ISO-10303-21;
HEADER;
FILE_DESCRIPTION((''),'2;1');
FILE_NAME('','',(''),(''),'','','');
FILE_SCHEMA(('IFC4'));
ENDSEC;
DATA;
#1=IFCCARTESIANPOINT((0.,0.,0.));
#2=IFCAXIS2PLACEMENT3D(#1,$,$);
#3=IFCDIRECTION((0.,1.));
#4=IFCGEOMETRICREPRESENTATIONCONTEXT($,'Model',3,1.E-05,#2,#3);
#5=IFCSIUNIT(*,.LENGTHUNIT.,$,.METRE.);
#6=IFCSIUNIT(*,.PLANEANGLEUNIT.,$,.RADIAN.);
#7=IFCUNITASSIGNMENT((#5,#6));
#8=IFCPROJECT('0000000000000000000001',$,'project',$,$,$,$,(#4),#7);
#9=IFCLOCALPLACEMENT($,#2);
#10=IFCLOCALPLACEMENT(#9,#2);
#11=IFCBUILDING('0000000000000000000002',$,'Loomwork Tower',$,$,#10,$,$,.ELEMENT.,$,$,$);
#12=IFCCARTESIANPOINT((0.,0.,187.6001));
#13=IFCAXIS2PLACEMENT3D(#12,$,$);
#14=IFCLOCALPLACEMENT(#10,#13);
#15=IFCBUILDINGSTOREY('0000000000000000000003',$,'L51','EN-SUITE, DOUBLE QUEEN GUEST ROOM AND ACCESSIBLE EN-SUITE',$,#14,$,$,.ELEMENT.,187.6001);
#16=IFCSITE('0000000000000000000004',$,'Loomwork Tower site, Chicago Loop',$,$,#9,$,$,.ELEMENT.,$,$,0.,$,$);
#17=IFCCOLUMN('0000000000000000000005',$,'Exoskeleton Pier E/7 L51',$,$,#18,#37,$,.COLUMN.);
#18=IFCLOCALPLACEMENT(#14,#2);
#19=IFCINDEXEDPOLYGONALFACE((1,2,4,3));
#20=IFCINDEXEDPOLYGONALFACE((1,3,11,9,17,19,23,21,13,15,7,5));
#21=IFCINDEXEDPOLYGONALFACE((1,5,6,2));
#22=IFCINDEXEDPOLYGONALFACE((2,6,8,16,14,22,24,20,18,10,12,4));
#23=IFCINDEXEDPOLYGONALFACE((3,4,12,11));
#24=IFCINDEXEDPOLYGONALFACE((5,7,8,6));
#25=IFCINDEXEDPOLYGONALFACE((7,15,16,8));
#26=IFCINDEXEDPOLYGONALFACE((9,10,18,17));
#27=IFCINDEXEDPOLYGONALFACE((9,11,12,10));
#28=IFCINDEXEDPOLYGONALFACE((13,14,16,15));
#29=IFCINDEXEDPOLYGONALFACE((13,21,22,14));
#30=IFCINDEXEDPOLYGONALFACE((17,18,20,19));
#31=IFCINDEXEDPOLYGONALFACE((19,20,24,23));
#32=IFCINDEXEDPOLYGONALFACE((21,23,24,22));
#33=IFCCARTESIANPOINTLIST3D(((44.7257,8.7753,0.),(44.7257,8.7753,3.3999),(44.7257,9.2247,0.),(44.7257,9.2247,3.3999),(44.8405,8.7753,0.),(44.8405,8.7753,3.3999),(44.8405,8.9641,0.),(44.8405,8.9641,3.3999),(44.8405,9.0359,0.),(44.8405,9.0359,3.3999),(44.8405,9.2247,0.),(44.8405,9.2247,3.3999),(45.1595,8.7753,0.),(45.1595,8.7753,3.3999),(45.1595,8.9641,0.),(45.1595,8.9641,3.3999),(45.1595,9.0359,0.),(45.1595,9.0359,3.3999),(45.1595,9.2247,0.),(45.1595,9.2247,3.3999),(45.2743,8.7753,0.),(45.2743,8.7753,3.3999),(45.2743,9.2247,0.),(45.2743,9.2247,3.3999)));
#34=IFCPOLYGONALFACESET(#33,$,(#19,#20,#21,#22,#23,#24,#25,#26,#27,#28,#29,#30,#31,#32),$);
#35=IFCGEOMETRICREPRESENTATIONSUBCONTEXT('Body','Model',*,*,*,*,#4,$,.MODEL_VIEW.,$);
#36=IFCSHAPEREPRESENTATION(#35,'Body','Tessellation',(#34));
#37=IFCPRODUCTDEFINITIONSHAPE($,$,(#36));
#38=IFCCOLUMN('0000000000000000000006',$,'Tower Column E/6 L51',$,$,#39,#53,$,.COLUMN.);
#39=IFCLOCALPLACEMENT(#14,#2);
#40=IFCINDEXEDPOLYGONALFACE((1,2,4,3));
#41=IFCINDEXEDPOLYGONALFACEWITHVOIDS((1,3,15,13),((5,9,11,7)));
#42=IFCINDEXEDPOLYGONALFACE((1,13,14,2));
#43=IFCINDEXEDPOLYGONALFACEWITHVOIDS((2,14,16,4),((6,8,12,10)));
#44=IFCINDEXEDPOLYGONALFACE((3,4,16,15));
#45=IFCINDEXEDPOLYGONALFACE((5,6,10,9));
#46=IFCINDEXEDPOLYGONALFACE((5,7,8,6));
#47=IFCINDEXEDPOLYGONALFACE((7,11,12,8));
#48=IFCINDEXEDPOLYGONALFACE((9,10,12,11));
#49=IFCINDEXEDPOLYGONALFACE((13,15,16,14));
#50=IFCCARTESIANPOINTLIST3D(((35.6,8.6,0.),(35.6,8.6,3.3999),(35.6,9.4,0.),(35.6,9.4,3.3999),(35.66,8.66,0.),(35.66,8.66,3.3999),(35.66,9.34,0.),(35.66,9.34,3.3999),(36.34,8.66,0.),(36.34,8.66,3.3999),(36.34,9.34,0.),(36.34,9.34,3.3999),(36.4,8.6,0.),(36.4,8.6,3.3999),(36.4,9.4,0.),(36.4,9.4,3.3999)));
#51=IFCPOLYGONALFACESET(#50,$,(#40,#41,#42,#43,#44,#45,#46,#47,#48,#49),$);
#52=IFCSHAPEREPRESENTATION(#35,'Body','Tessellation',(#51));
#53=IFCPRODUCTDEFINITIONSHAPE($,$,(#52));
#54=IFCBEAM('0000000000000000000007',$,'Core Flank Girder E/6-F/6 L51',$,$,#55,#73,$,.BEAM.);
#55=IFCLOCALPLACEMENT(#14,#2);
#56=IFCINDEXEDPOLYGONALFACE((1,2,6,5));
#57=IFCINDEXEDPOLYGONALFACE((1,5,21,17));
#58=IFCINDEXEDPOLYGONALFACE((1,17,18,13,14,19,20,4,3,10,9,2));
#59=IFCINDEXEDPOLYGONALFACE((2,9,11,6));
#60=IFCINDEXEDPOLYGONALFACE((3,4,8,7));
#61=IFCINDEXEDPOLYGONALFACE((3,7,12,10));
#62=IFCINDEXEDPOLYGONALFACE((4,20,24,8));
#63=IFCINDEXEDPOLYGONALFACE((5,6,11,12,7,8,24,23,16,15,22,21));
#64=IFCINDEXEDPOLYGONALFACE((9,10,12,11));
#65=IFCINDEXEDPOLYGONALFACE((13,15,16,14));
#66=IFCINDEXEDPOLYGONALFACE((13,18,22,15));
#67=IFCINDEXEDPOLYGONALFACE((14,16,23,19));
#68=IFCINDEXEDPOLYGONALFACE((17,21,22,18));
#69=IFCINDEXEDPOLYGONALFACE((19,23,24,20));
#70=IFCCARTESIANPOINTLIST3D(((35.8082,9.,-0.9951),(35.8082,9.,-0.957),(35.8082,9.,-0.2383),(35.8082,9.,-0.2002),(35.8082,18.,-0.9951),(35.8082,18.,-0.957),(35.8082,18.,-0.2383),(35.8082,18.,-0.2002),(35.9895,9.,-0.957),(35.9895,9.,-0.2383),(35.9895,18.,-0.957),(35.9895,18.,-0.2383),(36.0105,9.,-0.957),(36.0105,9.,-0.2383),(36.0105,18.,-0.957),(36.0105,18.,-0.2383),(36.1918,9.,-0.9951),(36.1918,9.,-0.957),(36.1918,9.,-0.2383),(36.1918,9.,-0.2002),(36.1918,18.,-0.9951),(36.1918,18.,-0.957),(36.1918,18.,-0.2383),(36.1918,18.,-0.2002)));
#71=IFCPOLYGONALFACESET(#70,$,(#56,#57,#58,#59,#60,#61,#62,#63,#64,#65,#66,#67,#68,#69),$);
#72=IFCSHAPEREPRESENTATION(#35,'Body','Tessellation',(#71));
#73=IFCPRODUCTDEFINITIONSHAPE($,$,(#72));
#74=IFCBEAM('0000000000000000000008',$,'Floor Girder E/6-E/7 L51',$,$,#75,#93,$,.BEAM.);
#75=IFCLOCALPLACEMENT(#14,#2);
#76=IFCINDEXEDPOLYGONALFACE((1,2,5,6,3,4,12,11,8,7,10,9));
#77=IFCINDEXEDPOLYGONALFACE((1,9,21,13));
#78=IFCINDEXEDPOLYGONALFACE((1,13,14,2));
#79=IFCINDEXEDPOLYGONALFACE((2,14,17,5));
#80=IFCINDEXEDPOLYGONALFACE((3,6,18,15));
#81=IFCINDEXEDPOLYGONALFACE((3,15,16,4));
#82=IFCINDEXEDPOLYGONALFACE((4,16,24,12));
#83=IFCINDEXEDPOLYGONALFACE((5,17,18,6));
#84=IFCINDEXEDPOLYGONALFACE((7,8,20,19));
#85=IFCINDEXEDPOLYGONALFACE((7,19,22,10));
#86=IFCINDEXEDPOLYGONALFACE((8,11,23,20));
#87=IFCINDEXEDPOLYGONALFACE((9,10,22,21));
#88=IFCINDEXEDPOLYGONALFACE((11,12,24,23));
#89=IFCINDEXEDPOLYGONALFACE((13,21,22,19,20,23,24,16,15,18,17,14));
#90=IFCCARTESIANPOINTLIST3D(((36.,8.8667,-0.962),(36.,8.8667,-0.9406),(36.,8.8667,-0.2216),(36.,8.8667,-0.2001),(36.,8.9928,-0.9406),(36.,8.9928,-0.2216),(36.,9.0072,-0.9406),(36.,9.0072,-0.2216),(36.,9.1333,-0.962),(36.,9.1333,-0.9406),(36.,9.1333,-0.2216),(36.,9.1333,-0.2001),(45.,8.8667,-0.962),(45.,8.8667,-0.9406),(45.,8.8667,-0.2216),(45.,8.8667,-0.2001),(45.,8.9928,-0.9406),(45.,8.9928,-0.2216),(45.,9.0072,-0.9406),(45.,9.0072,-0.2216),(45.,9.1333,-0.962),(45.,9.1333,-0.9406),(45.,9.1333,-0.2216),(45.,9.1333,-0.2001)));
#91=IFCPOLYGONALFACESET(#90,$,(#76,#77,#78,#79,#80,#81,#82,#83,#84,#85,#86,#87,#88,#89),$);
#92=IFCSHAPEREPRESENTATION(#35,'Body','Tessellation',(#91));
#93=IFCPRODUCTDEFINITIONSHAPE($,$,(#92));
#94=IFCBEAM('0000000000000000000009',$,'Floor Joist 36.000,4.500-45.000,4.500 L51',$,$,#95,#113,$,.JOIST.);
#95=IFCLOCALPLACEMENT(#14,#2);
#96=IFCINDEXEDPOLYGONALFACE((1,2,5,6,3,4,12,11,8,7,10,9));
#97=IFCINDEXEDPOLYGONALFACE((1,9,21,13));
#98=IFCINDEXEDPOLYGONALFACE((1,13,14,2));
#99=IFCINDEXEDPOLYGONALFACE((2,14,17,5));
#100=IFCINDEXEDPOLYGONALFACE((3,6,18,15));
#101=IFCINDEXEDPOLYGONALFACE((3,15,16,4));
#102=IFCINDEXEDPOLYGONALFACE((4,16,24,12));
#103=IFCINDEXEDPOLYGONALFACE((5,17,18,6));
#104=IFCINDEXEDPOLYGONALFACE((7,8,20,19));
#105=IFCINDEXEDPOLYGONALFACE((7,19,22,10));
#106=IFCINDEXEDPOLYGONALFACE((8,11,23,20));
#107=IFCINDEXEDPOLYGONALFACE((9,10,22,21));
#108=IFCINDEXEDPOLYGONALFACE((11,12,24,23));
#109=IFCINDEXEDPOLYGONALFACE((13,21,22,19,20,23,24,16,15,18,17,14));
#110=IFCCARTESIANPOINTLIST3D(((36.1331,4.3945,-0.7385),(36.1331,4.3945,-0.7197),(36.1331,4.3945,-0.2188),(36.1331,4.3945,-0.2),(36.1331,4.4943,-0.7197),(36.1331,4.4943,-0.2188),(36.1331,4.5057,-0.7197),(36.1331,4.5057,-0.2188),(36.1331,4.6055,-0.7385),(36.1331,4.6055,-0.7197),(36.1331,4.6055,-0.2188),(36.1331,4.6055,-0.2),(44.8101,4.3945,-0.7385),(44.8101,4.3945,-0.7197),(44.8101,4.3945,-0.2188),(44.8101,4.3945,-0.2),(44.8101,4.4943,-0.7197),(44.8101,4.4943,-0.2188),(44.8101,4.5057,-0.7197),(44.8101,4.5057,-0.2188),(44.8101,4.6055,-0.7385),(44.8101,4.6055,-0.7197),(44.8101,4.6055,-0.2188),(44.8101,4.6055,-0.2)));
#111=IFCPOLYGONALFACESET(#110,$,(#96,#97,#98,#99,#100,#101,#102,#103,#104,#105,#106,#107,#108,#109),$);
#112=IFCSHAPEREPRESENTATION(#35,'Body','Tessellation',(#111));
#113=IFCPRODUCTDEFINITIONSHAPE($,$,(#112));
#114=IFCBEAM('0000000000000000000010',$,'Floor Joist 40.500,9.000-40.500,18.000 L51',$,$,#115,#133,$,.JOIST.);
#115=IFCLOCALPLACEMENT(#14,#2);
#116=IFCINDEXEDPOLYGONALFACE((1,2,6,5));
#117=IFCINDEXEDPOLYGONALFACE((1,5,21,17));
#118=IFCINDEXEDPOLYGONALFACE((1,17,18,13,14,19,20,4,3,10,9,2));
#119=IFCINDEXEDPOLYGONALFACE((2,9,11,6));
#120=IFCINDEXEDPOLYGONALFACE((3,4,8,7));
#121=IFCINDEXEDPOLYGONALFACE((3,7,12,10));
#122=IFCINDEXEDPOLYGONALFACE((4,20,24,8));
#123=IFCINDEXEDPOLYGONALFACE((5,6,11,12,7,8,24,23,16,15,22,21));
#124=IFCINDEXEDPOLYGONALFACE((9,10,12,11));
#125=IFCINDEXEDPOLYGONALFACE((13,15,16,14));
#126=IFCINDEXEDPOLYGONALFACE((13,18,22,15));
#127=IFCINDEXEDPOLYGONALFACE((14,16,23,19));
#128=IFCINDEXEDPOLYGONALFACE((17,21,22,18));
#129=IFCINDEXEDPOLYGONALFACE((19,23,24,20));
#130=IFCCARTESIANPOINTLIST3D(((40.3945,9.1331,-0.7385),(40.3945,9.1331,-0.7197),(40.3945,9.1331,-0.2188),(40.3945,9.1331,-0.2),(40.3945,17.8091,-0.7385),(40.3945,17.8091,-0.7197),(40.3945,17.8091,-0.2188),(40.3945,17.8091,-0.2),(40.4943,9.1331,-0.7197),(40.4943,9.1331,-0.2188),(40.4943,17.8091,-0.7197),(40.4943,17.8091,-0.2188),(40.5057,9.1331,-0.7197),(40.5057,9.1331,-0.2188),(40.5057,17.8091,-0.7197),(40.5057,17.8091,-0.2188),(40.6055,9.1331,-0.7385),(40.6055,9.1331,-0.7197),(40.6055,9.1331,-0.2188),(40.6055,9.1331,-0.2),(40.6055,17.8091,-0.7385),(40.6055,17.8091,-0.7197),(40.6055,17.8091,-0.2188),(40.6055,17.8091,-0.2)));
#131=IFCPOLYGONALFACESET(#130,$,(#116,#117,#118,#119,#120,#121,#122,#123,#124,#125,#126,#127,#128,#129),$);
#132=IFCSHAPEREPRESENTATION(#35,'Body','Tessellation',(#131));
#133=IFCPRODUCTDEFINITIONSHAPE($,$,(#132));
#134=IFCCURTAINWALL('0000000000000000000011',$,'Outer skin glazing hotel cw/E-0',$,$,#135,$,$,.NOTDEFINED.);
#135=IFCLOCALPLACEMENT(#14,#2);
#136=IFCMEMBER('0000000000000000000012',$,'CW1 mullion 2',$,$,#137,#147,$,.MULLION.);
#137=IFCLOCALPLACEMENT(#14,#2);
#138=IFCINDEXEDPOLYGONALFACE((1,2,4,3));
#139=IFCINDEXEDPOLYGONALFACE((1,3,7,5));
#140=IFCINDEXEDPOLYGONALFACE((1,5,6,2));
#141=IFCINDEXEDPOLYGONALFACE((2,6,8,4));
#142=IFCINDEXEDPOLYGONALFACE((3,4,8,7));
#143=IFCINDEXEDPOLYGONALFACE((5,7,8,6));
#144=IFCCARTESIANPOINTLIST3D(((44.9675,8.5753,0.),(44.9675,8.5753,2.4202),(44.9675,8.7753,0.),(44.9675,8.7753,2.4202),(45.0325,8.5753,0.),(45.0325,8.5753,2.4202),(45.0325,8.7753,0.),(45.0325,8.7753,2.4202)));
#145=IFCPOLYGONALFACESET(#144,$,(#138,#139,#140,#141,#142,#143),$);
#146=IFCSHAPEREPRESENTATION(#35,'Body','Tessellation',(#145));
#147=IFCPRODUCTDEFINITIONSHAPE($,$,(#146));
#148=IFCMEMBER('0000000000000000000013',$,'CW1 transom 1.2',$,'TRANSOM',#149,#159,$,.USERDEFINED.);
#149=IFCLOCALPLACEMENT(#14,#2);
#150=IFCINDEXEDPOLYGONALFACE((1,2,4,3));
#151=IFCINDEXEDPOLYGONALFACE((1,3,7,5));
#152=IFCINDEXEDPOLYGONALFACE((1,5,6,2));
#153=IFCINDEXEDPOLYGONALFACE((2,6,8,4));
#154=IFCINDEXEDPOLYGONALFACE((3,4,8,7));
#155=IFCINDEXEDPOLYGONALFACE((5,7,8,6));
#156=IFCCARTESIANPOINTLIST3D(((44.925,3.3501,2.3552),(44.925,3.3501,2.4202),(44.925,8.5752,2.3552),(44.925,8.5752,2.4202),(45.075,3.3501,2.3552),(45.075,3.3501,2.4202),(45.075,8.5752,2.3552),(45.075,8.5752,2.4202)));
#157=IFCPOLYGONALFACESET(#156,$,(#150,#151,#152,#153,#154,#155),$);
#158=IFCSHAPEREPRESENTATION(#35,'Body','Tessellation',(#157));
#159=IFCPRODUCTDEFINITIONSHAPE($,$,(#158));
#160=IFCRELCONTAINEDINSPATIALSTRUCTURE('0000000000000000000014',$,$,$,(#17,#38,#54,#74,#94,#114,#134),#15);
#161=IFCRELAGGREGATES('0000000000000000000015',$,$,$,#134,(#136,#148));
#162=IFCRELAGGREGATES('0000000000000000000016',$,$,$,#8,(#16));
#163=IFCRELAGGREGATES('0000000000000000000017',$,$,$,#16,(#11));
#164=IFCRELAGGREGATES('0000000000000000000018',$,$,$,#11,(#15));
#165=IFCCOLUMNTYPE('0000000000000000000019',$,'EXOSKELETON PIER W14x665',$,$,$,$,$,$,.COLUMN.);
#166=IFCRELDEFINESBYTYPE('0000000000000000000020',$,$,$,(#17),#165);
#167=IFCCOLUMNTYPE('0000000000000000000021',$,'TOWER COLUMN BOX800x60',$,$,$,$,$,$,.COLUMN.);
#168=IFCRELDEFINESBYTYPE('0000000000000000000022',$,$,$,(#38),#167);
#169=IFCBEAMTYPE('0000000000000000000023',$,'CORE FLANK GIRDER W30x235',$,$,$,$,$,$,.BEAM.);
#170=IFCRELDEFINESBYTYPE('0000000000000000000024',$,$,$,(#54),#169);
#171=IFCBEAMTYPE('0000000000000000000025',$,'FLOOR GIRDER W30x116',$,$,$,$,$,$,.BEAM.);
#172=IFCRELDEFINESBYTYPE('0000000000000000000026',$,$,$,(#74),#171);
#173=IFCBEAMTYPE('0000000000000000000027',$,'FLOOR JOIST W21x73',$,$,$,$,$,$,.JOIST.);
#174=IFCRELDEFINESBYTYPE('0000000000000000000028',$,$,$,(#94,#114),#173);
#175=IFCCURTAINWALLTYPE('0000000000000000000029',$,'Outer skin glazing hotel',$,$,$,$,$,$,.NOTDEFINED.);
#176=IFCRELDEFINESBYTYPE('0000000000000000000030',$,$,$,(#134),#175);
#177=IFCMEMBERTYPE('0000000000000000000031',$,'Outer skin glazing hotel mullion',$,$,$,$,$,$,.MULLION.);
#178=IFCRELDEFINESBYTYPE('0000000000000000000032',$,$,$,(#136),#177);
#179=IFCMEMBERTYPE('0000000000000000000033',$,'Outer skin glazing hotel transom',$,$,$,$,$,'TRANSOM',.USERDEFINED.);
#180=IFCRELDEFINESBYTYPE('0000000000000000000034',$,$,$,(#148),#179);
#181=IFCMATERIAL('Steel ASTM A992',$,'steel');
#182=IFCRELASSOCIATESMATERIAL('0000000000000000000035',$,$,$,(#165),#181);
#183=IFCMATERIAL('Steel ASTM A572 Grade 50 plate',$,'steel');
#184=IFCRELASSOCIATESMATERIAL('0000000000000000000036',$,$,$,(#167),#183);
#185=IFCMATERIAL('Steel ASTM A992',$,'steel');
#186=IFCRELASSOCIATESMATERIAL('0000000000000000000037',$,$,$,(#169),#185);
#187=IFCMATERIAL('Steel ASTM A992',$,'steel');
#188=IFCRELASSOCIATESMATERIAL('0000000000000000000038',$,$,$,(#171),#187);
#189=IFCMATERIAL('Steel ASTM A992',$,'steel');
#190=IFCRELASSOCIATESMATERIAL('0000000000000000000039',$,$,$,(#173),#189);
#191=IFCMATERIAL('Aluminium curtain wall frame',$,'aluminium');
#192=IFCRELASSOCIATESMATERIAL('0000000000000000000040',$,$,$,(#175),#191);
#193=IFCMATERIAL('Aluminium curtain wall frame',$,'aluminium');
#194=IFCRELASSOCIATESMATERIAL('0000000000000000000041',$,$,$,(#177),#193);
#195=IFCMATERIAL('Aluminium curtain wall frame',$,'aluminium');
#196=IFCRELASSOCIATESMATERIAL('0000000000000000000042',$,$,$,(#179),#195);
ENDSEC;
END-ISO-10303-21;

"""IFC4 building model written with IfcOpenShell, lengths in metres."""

from ifc_helpers import new_model, si_unit, direction, frame, origin, origin_2d, place, context, subcontext, project, spatial, rectangle, hollow_rectangle, i_section, extrude, material, material_profile, profile_set, type_object, element, aggregate, save


model = new_model("IFC4")

# Units and contexts
model_context = context("Model", 3, precision=1e-05, world=origin(), true_north=direction((0.0, 1.0)))
body_context = subcontext(model_context, "Body", "Model", "MODEL_VIEW")
ifc_project = project(units=[si_unit("LENGTHUNIT", "METRE"), si_unit("PLANEANGLEUNIT", "RADIAN")], contexts=[model_context])

# Site, building, storey
site_placement = place(None, origin())
site = spatial("IfcSite", under=ifc_project, at=site_placement, Name="Loomwork Tower site, Chicago Loop", CompositionType="ELEMENT", RefElevation=0.0)
building_placement = place(site_placement, origin())
building = spatial("IfcBuilding", under=site, at=building_placement, Name="Loomwork Tower", CompositionType="ELEMENT")
storey_placement = place(building_placement, frame((0.0, 0.0, 187.6001)))
storey = spatial("IfcBuildingStorey", under=building, at=storey_placement, Name="L51", Description="EN-SUITE, DOUBLE QUEEN GUEST ROOM AND ACCESSIBLE EN-SUITE", CompositionType="ELEMENT", Elevation=187.6001)

# Columns
ifc_material_1 = material(Name="Steel ASTM A992", Category="steel")
ifc_material_profile_1 = material_profile(ifc_material_1, i_section(OverallWidth=0.4495, OverallDepth=0.5486, WebThickness=0.0718, FlangeThickness=0.1147, at=origin_2d()), Name="W14x665")
ifc_profile_set_1 = profile_set([ifc_material_profile_1], Name="Steel ASTM A992")
column_type_1 = type_object("IfcColumnType", Name="EXOSKELETON PIER W14x665", PredefinedType="COLUMN", material=ifc_profile_set_1)
column_1_placement = place(storey_placement, frame((45.0, 9.0, 0.0), z_axis=(0.0, 0.0, 1.0), x_axis=(0.0, 1.0, 0.0)))
element("IfcColumn", 1, at=column_1_placement, inside=storey, type_object=column_type_1, Name="Exoskeleton Pier E/7 L51", PredefinedType="COLUMN", context=body_context, shape_type="SweptSolid", body=[
    extrude(i_section(OverallWidth=0.4495, OverallDepth=0.5486, WebThickness=0.0718, FlangeThickness=0.1147, at=origin_2d()), origin(), (0.0, 0.0, 1.0), 3.3999),
])
ifc_material_2 = material(Name="Steel ASTM A572 Grade 50 plate", Category="steel")
ifc_material_profile_2 = material_profile(ifc_material_2, hollow_rectangle(XDim=0.8, YDim=0.8, WallThickness=0.0601, at=origin_2d()), Name="BOX800x60")
ifc_profile_set_2 = profile_set([ifc_material_profile_2], Name="Steel ASTM A572 Grade 50 plate")
column_type_2 = type_object("IfcColumnType", Name="TOWER COLUMN BOX800x60", PredefinedType="COLUMN", material=ifc_profile_set_2)
column_2_placement = place(storey_placement, frame((36.0, 9.0, 0.0), z_axis=(0.0, 0.0, 1.0), x_axis=(0.0, 1.0, 0.0)))
element("IfcColumn", 2, at=column_2_placement, inside=storey, type_object=column_type_2, Name="Tower Column E/6 L51", PredefinedType="COLUMN", context=body_context, shape_type="SweptSolid", body=[
    extrude(hollow_rectangle(XDim=0.8, YDim=0.8, WallThickness=0.0601, at=origin_2d()), origin(), (0.0, 0.0, 1.0), 3.3999),
])

# Beams
ifc_material_3 = material(Name="Steel ASTM A992", Category="steel")
ifc_material_profile_3 = material_profile(ifc_material_3, i_section(OverallWidth=0.3835, OverallDepth=0.7949, WebThickness=0.021, FlangeThickness=0.0381, at=origin_2d()), Name="W30x235")
ifc_profile_set_3 = profile_set([ifc_material_profile_3], Name="Steel ASTM A992")
beam_type_1 = type_object("IfcBeamType", Name="CORE FLANK GIRDER W30x235", PredefinedType="BEAM", material=ifc_profile_set_3)
beam_1_placement = place(storey_placement, frame((36.0, 9.0, -0.5977), z_axis=(0.0, 1.0, 0.0), x_axis=(-1.0, 0.0, 0.0)))
element("IfcBeam", 3, at=beam_1_placement, inside=storey, type_object=beam_type_1, Name="Core Flank Girder E/6-F/6 L51", PredefinedType="BEAM", context=body_context, shape_type="SweptSolid", body=[
    extrude(i_section(OverallWidth=0.3835, OverallDepth=0.7949, WebThickness=0.021, FlangeThickness=0.0381, at=origin_2d()), origin(), (0.0, 0.0, 1.0), 9.0),
])
ifc_material_4 = material(Name="Steel ASTM A992", Category="steel")
ifc_material_profile_4 = material_profile(ifc_material_4, i_section(OverallWidth=0.2666, OverallDepth=0.762, WebThickness=0.0144, FlangeThickness=0.0215, at=origin_2d()), Name="W30x116")
ifc_profile_set_4 = profile_set([ifc_material_profile_4], Name="Steel ASTM A992")
beam_type_2 = type_object("IfcBeamType", Name="FLOOR GIRDER W30x116", PredefinedType="BEAM", material=ifc_profile_set_4)
beam_2_placement = place(storey_placement, frame((36.0, 9.0, -0.5811), z_axis=(1.0, 0.0, 0.0), x_axis=(0.0, 1.0, 0.0)))
element("IfcBeam", 4, at=beam_2_placement, inside=storey, type_object=beam_type_2, Name="Floor Girder E/6-E/7 L51", PredefinedType="BEAM", context=body_context, shape_type="SweptSolid", body=[
    extrude(i_section(OverallWidth=0.2666, OverallDepth=0.762, WebThickness=0.0144, FlangeThickness=0.0215, at=origin_2d()), origin(), (0.0, 0.0, 1.0), 9.0),
])
ifc_material_5 = material(Name="Steel ASTM A992", Category="steel")
ifc_material_profile_5 = material_profile(ifc_material_5, i_section(OverallWidth=0.2109, OverallDepth=0.5386, WebThickness=0.0115, FlangeThickness=0.0188, at=origin_2d()), Name="W21x73")
ifc_profile_set_5 = profile_set([ifc_material_profile_5], Name="Steel ASTM A992")
beam_type_3 = type_object("IfcBeamType", Name="FLOOR JOIST W21x73", PredefinedType="JOIST", material=ifc_profile_set_5)
beam_3_placement = place(storey_placement, frame((36.1331, 4.5, -0.4692), z_axis=(1.0, 0.0, 0.0), x_axis=(0.0, 1.0, 0.0)))
element("IfcBeam", 5, at=beam_3_placement, inside=storey, type_object=beam_type_3, Name="Floor Joist 36.000,4.500-45.000,4.500 L51", PredefinedType="JOIST", context=body_context, shape_type="SweptSolid", body=[
    extrude(i_section(OverallWidth=0.2109, OverallDepth=0.5386, WebThickness=0.0115, FlangeThickness=0.0188, at=origin_2d()), origin(), (0.0, 0.0, 1.0), 8.677),
])
beam_4_placement = place(storey_placement, frame((40.5, 9.1331, -0.4692), z_axis=(0.0, 1.0, 0.0), x_axis=(-1.0, 0.0, 0.0)))
element("IfcBeam", 6, at=beam_4_placement, inside=storey, type_object=beam_type_3, Name="Floor Joist 40.500,9.000-40.500,18.000 L51", PredefinedType="JOIST", context=body_context, shape_type="SweptSolid", body=[
    extrude(i_section(OverallWidth=0.2109, OverallDepth=0.5386, WebThickness=0.0115, FlangeThickness=0.0188, at=origin_2d()), origin(), (0.0, 0.0, 1.0), 8.676),
])

# Curtain wall, members
ifc_material_6 = material(Name="Aluminium curtain wall frame", Category="aluminium")
curtain_wall_type = type_object("IfcCurtainWallType", Name="Outer skin glazing hotel", PredefinedType="NOTDEFINED", material=ifc_material_6)
curtain_wall_placement = place(storey_placement, origin())
curtain_wall = element("IfcCurtainWall", 7, at=curtain_wall_placement, inside=storey, type_object=curtain_wall_type, Name="Outer skin glazing hotel cw/E-0", PredefinedType="NOTDEFINED")
ifc_material_7 = material(Name="Aluminium curtain wall frame", Category="aluminium")
ifc_material_profile_6 = material_profile(ifc_material_7, rectangle(XDim=0.0649, YDim=0.2, at=origin_2d()), Name="AL 65x200")
ifc_profile_set_6 = profile_set([ifc_material_profile_6], Name="Aluminium curtain wall frame")
member_type_1 = type_object("IfcMemberType", Name="Outer skin glazing hotel mullion", PredefinedType="MULLION", material=ifc_profile_set_6)
member_1_placement = place(storey_placement, frame((45.0, 8.6753, 0.0), z_axis=(0.0, 0.0, 1.0), x_axis=(-1.0, 0.0, 0.0)))
member_1 = element("IfcMember", 8, at=member_1_placement, type_object=member_type_1, Name="CW1 mullion 2", PredefinedType="MULLION", context=body_context, shape_type="SweptSolid", body=[
    extrude(rectangle(XDim=0.0649, YDim=0.2, at=origin_2d()), origin(), (0.0, 0.0, 1.0), 2.4202),
])
ifc_material_8 = material(Name="Aluminium curtain wall frame", Category="aluminium")
ifc_material_profile_7 = material_profile(ifc_material_8, rectangle(XDim=0.1499, YDim=0.0649, at=origin_2d()), Name="AL 65x150")
ifc_profile_set_7 = profile_set([ifc_material_profile_7], Name="Aluminium curtain wall frame")
member_type_2 = type_object("IfcMemberType", Name="Outer skin glazing hotel transom", ElementType="TRANSOM", PredefinedType="USERDEFINED", material=ifc_profile_set_7)
member_2_placement = place(storey_placement, frame((45.0, 3.3501, 2.3877), z_axis=(0.0, 1.0, 0.0), x_axis=(-1.0, 0.0, 0.0)))
member_2 = element("IfcMember", 9, at=member_2_placement, type_object=member_type_2, Name="CW1 transom 1.2", ObjectType="TRANSOM", PredefinedType="USERDEFINED", context=body_context, shape_type="SweptSolid", body=[
    extrude(rectangle(XDim=0.1499, YDim=0.0649, at=origin_2d()), origin(), (0.0, 0.0, 1.0), 5.2251),
])

aggregate(curtain_wall, [member_1, member_2])

save(model, "model.ifc")
